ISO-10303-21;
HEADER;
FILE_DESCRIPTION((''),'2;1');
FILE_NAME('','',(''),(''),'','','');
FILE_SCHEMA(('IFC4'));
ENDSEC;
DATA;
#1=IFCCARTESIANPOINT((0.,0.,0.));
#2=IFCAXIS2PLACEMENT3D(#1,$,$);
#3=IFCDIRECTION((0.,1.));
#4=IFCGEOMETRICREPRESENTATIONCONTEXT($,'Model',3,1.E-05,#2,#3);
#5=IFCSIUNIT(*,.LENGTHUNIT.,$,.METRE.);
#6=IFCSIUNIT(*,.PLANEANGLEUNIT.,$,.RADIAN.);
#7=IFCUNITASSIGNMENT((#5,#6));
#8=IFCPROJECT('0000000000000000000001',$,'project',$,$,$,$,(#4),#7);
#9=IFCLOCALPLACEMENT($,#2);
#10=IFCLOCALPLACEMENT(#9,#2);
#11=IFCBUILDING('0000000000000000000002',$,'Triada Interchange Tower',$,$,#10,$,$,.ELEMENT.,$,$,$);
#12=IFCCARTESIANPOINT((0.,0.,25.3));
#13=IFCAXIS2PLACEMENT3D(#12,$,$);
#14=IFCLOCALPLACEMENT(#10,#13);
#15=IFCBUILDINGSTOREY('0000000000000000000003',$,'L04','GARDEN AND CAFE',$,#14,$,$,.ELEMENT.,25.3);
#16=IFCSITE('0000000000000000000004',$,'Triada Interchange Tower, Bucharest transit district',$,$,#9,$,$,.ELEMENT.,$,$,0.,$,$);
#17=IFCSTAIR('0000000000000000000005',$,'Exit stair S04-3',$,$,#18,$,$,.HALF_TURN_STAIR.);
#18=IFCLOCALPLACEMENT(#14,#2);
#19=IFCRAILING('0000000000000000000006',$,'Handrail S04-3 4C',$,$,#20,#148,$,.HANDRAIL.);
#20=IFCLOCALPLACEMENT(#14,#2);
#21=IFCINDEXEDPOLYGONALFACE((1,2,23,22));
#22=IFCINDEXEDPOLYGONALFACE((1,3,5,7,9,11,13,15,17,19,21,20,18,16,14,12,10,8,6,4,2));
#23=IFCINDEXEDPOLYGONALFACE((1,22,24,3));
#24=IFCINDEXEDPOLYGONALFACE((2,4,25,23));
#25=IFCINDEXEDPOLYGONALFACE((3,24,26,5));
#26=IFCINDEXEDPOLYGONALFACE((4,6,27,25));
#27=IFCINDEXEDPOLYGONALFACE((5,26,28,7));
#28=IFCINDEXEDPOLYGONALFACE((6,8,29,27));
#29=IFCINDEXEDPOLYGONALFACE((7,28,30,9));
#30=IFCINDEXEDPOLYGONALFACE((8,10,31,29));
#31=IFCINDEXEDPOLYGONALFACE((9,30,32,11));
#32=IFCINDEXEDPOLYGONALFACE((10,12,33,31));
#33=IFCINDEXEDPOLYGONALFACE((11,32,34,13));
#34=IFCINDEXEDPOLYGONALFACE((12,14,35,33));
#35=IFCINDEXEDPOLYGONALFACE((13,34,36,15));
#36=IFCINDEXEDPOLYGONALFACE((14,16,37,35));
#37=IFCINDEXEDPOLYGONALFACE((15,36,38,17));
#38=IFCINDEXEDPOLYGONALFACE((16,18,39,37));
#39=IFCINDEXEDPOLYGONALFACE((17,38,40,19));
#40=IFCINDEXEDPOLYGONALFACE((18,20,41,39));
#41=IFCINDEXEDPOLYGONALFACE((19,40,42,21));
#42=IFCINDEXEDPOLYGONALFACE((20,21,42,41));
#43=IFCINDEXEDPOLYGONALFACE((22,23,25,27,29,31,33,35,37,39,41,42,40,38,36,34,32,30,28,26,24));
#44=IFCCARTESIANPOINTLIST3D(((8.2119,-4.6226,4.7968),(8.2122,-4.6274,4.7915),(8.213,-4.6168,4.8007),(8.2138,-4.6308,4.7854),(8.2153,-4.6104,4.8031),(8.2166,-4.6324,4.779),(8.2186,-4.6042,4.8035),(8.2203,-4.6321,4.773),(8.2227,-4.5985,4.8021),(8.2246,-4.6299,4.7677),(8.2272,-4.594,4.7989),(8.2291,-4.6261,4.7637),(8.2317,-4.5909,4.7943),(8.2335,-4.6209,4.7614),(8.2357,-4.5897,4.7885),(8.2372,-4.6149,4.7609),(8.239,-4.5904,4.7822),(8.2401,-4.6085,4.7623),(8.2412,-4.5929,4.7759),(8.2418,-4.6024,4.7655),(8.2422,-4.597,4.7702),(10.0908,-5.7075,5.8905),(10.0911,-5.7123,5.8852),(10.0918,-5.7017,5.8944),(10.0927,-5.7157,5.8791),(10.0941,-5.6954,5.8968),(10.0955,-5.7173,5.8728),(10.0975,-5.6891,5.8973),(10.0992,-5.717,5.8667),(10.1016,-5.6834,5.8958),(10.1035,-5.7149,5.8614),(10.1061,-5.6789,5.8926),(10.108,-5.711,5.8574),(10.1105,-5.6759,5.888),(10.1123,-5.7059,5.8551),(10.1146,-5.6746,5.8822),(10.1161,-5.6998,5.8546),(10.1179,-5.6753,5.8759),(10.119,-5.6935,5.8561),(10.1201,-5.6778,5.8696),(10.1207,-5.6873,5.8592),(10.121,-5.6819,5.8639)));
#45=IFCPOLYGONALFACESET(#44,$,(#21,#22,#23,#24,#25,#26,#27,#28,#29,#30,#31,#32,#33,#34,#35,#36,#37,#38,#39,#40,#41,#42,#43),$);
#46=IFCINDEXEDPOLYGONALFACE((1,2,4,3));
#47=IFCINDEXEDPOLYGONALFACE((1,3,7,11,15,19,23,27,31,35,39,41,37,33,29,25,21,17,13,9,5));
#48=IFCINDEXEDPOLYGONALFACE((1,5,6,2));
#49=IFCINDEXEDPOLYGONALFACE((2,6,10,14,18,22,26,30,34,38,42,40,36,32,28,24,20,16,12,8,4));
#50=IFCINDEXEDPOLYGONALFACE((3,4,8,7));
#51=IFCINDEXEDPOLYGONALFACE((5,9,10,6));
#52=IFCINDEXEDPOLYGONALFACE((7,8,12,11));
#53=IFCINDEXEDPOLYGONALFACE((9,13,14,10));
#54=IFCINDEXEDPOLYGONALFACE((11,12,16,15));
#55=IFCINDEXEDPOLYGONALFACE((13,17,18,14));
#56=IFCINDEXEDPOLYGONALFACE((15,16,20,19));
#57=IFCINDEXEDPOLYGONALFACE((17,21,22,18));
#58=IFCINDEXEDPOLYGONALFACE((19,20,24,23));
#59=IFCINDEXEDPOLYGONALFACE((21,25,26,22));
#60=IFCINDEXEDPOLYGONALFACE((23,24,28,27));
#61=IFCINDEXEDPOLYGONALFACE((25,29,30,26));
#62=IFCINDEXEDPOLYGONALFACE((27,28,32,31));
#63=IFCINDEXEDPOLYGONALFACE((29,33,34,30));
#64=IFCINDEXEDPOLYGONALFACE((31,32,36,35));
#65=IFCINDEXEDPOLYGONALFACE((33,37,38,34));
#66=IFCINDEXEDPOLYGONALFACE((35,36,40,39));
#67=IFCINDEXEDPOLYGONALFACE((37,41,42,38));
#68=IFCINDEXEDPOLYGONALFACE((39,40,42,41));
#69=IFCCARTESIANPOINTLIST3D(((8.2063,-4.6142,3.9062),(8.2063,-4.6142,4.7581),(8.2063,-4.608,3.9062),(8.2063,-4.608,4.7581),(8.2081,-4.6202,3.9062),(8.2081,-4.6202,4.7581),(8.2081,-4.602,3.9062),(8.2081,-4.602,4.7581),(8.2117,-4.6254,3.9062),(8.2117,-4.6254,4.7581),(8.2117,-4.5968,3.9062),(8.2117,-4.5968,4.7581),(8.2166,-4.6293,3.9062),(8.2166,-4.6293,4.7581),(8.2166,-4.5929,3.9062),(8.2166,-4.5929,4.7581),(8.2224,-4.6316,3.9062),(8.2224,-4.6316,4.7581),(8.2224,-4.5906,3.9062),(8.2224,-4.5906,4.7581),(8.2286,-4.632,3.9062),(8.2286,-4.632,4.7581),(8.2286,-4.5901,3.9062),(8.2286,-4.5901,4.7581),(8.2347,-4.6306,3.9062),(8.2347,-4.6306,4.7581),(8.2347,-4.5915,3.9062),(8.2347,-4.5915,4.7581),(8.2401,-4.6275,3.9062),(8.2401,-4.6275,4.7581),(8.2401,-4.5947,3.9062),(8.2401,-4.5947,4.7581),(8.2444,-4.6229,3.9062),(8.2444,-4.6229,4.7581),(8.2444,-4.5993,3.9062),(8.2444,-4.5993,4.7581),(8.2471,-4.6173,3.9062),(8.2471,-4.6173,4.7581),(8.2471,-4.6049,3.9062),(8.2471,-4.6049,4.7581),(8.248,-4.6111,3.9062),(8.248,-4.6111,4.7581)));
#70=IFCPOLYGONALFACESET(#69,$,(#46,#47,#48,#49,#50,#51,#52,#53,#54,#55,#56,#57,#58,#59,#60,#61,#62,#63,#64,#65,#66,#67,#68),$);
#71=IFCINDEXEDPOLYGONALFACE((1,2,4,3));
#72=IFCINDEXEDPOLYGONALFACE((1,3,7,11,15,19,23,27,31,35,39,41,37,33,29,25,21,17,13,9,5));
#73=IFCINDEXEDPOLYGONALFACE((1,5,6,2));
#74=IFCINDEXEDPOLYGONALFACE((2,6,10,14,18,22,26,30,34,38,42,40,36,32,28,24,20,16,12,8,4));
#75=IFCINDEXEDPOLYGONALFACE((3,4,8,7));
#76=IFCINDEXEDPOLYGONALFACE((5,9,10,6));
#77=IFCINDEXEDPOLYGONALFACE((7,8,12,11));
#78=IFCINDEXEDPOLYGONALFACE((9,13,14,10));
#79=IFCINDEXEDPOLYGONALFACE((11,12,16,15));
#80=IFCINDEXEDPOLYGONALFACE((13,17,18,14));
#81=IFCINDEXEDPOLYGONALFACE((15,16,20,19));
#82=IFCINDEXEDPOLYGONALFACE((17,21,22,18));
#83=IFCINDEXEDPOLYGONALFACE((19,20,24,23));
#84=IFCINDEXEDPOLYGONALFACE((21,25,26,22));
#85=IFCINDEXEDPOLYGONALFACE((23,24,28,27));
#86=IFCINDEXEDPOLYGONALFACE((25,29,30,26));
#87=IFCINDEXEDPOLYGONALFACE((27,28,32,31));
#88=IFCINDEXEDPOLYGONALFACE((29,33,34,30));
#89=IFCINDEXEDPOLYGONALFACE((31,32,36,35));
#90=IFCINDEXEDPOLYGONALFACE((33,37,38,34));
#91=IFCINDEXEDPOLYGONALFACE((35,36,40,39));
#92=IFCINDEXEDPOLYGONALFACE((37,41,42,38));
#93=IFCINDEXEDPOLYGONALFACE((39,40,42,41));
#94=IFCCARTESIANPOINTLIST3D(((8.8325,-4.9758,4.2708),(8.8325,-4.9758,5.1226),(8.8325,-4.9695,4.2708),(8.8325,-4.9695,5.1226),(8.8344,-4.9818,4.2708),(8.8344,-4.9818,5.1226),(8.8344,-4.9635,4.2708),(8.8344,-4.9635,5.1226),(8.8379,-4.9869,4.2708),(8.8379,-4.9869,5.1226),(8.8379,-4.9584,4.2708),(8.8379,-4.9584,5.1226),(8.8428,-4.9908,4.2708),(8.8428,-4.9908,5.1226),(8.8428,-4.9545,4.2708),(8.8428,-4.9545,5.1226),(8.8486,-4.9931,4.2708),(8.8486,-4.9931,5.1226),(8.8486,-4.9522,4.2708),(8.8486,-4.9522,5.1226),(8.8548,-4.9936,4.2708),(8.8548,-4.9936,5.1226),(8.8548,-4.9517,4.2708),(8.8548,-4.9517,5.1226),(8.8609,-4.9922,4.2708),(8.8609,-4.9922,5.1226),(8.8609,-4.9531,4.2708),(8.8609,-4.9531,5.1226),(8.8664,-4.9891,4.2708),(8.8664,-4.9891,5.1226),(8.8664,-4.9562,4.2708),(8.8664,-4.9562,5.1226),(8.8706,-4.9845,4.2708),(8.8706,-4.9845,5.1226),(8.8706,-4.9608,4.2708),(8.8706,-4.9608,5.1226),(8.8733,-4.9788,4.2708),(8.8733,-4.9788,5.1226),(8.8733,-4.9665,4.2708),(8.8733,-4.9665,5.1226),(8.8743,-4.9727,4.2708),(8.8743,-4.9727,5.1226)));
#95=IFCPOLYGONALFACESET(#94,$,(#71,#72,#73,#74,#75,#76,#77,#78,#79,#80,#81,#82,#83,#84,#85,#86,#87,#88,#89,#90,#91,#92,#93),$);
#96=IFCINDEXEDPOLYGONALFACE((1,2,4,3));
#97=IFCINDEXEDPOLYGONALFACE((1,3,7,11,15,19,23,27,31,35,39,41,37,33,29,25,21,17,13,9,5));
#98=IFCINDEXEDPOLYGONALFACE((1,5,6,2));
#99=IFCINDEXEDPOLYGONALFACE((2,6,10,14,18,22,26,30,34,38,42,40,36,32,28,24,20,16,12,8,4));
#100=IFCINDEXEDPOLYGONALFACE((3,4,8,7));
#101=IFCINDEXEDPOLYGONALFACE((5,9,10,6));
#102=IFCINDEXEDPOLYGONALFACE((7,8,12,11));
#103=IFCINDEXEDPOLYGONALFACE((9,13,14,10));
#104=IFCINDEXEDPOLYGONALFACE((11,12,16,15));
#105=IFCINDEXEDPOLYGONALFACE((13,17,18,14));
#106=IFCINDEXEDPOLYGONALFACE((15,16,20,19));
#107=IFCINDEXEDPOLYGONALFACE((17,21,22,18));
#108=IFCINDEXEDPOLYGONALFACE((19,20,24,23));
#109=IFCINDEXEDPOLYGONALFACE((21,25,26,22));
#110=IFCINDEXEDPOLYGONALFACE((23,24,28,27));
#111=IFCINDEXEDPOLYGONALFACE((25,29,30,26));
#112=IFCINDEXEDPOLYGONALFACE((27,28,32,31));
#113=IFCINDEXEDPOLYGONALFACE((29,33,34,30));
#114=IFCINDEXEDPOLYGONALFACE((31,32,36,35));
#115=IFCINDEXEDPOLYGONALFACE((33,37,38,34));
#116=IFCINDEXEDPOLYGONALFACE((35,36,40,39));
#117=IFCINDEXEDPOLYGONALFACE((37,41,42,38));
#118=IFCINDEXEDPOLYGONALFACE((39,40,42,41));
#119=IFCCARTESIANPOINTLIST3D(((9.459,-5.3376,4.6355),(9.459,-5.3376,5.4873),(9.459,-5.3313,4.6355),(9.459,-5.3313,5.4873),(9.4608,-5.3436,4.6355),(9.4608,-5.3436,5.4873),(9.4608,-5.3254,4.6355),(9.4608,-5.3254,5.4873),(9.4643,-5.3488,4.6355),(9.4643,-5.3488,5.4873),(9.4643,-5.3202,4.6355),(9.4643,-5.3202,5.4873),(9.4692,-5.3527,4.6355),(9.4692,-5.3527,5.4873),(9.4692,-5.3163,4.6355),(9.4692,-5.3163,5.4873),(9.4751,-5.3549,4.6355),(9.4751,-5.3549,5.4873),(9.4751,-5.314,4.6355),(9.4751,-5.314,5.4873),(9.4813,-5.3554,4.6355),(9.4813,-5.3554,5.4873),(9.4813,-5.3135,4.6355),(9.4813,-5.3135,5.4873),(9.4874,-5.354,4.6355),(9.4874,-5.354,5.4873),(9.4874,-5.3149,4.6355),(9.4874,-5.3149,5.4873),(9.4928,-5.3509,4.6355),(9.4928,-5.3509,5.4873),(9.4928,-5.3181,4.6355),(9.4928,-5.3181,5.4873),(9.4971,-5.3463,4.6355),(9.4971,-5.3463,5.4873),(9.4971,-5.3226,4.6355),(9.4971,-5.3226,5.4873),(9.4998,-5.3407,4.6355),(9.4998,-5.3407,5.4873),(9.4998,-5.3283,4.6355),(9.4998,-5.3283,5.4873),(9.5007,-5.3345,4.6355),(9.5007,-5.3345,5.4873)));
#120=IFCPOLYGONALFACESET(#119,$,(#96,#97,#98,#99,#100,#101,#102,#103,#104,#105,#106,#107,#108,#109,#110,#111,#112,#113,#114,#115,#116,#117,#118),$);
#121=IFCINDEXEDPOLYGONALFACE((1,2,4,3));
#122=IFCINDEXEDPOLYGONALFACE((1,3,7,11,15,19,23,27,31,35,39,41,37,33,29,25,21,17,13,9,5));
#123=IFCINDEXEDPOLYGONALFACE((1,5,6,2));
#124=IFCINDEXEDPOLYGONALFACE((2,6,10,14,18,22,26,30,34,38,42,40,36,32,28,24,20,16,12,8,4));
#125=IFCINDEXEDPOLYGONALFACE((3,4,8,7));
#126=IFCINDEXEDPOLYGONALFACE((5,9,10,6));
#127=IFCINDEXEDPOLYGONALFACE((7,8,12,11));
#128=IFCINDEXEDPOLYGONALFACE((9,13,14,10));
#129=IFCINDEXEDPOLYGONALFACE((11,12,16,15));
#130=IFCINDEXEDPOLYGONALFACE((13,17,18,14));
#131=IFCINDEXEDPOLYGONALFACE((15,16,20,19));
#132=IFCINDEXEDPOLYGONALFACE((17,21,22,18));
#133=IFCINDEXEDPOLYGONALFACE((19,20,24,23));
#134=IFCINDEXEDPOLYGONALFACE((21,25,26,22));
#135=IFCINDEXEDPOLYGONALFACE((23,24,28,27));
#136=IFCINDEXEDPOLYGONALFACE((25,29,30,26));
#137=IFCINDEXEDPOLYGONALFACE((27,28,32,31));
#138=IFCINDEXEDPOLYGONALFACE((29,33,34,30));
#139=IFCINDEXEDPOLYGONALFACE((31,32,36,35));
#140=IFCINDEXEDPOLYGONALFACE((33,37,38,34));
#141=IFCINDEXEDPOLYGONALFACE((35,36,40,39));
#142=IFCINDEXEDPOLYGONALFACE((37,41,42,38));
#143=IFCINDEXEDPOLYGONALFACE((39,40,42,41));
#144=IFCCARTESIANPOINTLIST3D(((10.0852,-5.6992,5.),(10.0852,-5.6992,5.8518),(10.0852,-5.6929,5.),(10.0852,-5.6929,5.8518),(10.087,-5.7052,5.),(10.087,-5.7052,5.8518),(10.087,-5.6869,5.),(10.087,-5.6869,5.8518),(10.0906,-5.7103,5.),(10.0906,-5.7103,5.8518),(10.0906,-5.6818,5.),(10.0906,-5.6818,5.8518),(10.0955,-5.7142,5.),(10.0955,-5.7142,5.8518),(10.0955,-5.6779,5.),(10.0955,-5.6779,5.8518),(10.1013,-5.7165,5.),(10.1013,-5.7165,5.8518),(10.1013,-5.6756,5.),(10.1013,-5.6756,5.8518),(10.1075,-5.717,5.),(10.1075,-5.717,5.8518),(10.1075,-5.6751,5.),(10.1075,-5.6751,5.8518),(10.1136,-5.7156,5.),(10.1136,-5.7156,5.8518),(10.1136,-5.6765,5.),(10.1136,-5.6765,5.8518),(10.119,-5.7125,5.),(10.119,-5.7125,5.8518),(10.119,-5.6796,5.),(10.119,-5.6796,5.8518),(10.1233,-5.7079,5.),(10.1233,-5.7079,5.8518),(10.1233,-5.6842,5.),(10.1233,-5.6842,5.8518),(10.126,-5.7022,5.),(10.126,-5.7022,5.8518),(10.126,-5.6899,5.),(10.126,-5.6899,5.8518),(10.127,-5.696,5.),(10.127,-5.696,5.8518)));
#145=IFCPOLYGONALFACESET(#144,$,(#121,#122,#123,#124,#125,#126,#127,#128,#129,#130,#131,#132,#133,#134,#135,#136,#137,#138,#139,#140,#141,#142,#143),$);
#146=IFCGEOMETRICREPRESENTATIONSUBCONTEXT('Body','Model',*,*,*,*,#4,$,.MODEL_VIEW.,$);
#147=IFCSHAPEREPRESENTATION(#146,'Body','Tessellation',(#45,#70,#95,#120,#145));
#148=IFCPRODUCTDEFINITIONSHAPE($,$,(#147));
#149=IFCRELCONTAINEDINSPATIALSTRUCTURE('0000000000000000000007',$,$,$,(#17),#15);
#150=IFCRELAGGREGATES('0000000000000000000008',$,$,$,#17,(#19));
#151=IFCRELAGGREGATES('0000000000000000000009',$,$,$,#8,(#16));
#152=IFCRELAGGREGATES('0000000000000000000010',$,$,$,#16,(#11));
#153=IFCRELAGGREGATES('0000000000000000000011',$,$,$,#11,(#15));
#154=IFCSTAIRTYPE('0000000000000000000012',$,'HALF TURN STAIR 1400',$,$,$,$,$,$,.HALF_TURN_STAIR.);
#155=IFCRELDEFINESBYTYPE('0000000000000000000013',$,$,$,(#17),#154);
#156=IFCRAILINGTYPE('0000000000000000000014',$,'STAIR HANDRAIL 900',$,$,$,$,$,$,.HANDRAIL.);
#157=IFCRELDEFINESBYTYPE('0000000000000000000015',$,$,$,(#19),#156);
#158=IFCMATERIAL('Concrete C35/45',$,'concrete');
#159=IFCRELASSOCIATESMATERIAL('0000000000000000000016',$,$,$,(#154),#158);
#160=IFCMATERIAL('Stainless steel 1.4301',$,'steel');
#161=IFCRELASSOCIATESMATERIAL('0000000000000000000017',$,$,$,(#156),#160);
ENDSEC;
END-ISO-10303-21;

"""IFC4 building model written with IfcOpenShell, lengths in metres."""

from ifc_helpers import new_model, si_unit, direction, frame, origin, origin_2d, place, context, subcontext, project, spatial, circle, extrude, material, type_object, element, aggregate, save


model = new_model("IFC4")

# Units and contexts
model_context = context("Model", 3, precision=1e-05, world=origin(), true_north=direction((0.0, 1.0)))
body_context = subcontext(model_context, "Body", "Model", "MODEL_VIEW")
ifc_project = project(units=[si_unit("LENGTHUNIT", "METRE"), si_unit("PLANEANGLEUNIT", "RADIAN")], contexts=[model_context])

# Site, building, storey
site_placement = place(None, origin())
site = spatial("IfcSite", under=ifc_project, at=site_placement, Name="Triada Interchange Tower, Bucharest transit district", CompositionType="ELEMENT", RefElevation=0.0)
building_placement = place(site_placement, origin())
building = spatial("IfcBuilding", under=site, at=building_placement, Name="Triada Interchange Tower", CompositionType="ELEMENT")
storey_placement = place(building_placement, frame((0.0, 0.0, 25.3)))
storey = spatial("IfcBuildingStorey", under=building, at=storey_placement, Name="L04", Description="GARDEN AND CAFE", CompositionType="ELEMENT", Elevation=25.3)

# Shared definitions
ifc_material_1 = material(Name="Concrete C35/45", Category="concrete")
stair_type = type_object("IfcStairType", Name="HALF TURN STAIR 1400", PredefinedType="HALF_TURN_STAIR", material=ifc_material_1)

# Stair, railing
stair_1_placement = place(storey_placement, origin())
stair_1 = element("IfcStair", 1, at=stair_1_placement, inside=storey, type_object=stair_type, Name="Exit stair S04-3", PredefinedType="HALF_TURN_STAIR")
ifc_material_2 = material(Name="Stainless steel 1.4301", Category="steel")
railing_type = type_object("IfcRailingType", Name="STAIR HANDRAIL 900", PredefinedType="HANDRAIL", material=ifc_material_2)
railing_1_placement = place(storey_placement, frame((8.2271, -4.6111, 3.9062)))
railing_1 = element("IfcRailing", 2, at=railing_1_placement, type_object=railing_type, Name="Handrail S04-3 4C", PredefinedType="HANDRAIL", context=body_context, shape_type="SweptSolid", body=[
    extrude(circle(Radius=0.0239, at=origin_2d()), frame((0.0, 0.0, 0.876), z_axis=(0.77329, -0.446531, 0.450148), x_axis=(0.50006, 0.865991, 0.0)), (0.0, 0.0, 1.0), 2.4297),
    extrude(circle(Radius=0.021, at=origin_2d()), origin(), (0.0, 0.0, 1.0), 0.8518),
    extrude(circle(Radius=0.021, at=origin_2d()), frame((0.6262, -0.3616, 0.3645)), (0.0, 0.0, 1.0), 0.8518),
    extrude(circle(Radius=0.021, at=origin_2d()), frame((1.2527, -0.7234, 0.7292)), (0.0, 0.0, 1.0), 0.8518),
    extrude(circle(Radius=0.021, at=origin_2d()), frame((1.8789, -1.085, 1.0938)), (0.0, 0.0, 1.0), 0.8518),
])
aggregate(stair_1, [railing_1])

save(model, "model.ifc")
